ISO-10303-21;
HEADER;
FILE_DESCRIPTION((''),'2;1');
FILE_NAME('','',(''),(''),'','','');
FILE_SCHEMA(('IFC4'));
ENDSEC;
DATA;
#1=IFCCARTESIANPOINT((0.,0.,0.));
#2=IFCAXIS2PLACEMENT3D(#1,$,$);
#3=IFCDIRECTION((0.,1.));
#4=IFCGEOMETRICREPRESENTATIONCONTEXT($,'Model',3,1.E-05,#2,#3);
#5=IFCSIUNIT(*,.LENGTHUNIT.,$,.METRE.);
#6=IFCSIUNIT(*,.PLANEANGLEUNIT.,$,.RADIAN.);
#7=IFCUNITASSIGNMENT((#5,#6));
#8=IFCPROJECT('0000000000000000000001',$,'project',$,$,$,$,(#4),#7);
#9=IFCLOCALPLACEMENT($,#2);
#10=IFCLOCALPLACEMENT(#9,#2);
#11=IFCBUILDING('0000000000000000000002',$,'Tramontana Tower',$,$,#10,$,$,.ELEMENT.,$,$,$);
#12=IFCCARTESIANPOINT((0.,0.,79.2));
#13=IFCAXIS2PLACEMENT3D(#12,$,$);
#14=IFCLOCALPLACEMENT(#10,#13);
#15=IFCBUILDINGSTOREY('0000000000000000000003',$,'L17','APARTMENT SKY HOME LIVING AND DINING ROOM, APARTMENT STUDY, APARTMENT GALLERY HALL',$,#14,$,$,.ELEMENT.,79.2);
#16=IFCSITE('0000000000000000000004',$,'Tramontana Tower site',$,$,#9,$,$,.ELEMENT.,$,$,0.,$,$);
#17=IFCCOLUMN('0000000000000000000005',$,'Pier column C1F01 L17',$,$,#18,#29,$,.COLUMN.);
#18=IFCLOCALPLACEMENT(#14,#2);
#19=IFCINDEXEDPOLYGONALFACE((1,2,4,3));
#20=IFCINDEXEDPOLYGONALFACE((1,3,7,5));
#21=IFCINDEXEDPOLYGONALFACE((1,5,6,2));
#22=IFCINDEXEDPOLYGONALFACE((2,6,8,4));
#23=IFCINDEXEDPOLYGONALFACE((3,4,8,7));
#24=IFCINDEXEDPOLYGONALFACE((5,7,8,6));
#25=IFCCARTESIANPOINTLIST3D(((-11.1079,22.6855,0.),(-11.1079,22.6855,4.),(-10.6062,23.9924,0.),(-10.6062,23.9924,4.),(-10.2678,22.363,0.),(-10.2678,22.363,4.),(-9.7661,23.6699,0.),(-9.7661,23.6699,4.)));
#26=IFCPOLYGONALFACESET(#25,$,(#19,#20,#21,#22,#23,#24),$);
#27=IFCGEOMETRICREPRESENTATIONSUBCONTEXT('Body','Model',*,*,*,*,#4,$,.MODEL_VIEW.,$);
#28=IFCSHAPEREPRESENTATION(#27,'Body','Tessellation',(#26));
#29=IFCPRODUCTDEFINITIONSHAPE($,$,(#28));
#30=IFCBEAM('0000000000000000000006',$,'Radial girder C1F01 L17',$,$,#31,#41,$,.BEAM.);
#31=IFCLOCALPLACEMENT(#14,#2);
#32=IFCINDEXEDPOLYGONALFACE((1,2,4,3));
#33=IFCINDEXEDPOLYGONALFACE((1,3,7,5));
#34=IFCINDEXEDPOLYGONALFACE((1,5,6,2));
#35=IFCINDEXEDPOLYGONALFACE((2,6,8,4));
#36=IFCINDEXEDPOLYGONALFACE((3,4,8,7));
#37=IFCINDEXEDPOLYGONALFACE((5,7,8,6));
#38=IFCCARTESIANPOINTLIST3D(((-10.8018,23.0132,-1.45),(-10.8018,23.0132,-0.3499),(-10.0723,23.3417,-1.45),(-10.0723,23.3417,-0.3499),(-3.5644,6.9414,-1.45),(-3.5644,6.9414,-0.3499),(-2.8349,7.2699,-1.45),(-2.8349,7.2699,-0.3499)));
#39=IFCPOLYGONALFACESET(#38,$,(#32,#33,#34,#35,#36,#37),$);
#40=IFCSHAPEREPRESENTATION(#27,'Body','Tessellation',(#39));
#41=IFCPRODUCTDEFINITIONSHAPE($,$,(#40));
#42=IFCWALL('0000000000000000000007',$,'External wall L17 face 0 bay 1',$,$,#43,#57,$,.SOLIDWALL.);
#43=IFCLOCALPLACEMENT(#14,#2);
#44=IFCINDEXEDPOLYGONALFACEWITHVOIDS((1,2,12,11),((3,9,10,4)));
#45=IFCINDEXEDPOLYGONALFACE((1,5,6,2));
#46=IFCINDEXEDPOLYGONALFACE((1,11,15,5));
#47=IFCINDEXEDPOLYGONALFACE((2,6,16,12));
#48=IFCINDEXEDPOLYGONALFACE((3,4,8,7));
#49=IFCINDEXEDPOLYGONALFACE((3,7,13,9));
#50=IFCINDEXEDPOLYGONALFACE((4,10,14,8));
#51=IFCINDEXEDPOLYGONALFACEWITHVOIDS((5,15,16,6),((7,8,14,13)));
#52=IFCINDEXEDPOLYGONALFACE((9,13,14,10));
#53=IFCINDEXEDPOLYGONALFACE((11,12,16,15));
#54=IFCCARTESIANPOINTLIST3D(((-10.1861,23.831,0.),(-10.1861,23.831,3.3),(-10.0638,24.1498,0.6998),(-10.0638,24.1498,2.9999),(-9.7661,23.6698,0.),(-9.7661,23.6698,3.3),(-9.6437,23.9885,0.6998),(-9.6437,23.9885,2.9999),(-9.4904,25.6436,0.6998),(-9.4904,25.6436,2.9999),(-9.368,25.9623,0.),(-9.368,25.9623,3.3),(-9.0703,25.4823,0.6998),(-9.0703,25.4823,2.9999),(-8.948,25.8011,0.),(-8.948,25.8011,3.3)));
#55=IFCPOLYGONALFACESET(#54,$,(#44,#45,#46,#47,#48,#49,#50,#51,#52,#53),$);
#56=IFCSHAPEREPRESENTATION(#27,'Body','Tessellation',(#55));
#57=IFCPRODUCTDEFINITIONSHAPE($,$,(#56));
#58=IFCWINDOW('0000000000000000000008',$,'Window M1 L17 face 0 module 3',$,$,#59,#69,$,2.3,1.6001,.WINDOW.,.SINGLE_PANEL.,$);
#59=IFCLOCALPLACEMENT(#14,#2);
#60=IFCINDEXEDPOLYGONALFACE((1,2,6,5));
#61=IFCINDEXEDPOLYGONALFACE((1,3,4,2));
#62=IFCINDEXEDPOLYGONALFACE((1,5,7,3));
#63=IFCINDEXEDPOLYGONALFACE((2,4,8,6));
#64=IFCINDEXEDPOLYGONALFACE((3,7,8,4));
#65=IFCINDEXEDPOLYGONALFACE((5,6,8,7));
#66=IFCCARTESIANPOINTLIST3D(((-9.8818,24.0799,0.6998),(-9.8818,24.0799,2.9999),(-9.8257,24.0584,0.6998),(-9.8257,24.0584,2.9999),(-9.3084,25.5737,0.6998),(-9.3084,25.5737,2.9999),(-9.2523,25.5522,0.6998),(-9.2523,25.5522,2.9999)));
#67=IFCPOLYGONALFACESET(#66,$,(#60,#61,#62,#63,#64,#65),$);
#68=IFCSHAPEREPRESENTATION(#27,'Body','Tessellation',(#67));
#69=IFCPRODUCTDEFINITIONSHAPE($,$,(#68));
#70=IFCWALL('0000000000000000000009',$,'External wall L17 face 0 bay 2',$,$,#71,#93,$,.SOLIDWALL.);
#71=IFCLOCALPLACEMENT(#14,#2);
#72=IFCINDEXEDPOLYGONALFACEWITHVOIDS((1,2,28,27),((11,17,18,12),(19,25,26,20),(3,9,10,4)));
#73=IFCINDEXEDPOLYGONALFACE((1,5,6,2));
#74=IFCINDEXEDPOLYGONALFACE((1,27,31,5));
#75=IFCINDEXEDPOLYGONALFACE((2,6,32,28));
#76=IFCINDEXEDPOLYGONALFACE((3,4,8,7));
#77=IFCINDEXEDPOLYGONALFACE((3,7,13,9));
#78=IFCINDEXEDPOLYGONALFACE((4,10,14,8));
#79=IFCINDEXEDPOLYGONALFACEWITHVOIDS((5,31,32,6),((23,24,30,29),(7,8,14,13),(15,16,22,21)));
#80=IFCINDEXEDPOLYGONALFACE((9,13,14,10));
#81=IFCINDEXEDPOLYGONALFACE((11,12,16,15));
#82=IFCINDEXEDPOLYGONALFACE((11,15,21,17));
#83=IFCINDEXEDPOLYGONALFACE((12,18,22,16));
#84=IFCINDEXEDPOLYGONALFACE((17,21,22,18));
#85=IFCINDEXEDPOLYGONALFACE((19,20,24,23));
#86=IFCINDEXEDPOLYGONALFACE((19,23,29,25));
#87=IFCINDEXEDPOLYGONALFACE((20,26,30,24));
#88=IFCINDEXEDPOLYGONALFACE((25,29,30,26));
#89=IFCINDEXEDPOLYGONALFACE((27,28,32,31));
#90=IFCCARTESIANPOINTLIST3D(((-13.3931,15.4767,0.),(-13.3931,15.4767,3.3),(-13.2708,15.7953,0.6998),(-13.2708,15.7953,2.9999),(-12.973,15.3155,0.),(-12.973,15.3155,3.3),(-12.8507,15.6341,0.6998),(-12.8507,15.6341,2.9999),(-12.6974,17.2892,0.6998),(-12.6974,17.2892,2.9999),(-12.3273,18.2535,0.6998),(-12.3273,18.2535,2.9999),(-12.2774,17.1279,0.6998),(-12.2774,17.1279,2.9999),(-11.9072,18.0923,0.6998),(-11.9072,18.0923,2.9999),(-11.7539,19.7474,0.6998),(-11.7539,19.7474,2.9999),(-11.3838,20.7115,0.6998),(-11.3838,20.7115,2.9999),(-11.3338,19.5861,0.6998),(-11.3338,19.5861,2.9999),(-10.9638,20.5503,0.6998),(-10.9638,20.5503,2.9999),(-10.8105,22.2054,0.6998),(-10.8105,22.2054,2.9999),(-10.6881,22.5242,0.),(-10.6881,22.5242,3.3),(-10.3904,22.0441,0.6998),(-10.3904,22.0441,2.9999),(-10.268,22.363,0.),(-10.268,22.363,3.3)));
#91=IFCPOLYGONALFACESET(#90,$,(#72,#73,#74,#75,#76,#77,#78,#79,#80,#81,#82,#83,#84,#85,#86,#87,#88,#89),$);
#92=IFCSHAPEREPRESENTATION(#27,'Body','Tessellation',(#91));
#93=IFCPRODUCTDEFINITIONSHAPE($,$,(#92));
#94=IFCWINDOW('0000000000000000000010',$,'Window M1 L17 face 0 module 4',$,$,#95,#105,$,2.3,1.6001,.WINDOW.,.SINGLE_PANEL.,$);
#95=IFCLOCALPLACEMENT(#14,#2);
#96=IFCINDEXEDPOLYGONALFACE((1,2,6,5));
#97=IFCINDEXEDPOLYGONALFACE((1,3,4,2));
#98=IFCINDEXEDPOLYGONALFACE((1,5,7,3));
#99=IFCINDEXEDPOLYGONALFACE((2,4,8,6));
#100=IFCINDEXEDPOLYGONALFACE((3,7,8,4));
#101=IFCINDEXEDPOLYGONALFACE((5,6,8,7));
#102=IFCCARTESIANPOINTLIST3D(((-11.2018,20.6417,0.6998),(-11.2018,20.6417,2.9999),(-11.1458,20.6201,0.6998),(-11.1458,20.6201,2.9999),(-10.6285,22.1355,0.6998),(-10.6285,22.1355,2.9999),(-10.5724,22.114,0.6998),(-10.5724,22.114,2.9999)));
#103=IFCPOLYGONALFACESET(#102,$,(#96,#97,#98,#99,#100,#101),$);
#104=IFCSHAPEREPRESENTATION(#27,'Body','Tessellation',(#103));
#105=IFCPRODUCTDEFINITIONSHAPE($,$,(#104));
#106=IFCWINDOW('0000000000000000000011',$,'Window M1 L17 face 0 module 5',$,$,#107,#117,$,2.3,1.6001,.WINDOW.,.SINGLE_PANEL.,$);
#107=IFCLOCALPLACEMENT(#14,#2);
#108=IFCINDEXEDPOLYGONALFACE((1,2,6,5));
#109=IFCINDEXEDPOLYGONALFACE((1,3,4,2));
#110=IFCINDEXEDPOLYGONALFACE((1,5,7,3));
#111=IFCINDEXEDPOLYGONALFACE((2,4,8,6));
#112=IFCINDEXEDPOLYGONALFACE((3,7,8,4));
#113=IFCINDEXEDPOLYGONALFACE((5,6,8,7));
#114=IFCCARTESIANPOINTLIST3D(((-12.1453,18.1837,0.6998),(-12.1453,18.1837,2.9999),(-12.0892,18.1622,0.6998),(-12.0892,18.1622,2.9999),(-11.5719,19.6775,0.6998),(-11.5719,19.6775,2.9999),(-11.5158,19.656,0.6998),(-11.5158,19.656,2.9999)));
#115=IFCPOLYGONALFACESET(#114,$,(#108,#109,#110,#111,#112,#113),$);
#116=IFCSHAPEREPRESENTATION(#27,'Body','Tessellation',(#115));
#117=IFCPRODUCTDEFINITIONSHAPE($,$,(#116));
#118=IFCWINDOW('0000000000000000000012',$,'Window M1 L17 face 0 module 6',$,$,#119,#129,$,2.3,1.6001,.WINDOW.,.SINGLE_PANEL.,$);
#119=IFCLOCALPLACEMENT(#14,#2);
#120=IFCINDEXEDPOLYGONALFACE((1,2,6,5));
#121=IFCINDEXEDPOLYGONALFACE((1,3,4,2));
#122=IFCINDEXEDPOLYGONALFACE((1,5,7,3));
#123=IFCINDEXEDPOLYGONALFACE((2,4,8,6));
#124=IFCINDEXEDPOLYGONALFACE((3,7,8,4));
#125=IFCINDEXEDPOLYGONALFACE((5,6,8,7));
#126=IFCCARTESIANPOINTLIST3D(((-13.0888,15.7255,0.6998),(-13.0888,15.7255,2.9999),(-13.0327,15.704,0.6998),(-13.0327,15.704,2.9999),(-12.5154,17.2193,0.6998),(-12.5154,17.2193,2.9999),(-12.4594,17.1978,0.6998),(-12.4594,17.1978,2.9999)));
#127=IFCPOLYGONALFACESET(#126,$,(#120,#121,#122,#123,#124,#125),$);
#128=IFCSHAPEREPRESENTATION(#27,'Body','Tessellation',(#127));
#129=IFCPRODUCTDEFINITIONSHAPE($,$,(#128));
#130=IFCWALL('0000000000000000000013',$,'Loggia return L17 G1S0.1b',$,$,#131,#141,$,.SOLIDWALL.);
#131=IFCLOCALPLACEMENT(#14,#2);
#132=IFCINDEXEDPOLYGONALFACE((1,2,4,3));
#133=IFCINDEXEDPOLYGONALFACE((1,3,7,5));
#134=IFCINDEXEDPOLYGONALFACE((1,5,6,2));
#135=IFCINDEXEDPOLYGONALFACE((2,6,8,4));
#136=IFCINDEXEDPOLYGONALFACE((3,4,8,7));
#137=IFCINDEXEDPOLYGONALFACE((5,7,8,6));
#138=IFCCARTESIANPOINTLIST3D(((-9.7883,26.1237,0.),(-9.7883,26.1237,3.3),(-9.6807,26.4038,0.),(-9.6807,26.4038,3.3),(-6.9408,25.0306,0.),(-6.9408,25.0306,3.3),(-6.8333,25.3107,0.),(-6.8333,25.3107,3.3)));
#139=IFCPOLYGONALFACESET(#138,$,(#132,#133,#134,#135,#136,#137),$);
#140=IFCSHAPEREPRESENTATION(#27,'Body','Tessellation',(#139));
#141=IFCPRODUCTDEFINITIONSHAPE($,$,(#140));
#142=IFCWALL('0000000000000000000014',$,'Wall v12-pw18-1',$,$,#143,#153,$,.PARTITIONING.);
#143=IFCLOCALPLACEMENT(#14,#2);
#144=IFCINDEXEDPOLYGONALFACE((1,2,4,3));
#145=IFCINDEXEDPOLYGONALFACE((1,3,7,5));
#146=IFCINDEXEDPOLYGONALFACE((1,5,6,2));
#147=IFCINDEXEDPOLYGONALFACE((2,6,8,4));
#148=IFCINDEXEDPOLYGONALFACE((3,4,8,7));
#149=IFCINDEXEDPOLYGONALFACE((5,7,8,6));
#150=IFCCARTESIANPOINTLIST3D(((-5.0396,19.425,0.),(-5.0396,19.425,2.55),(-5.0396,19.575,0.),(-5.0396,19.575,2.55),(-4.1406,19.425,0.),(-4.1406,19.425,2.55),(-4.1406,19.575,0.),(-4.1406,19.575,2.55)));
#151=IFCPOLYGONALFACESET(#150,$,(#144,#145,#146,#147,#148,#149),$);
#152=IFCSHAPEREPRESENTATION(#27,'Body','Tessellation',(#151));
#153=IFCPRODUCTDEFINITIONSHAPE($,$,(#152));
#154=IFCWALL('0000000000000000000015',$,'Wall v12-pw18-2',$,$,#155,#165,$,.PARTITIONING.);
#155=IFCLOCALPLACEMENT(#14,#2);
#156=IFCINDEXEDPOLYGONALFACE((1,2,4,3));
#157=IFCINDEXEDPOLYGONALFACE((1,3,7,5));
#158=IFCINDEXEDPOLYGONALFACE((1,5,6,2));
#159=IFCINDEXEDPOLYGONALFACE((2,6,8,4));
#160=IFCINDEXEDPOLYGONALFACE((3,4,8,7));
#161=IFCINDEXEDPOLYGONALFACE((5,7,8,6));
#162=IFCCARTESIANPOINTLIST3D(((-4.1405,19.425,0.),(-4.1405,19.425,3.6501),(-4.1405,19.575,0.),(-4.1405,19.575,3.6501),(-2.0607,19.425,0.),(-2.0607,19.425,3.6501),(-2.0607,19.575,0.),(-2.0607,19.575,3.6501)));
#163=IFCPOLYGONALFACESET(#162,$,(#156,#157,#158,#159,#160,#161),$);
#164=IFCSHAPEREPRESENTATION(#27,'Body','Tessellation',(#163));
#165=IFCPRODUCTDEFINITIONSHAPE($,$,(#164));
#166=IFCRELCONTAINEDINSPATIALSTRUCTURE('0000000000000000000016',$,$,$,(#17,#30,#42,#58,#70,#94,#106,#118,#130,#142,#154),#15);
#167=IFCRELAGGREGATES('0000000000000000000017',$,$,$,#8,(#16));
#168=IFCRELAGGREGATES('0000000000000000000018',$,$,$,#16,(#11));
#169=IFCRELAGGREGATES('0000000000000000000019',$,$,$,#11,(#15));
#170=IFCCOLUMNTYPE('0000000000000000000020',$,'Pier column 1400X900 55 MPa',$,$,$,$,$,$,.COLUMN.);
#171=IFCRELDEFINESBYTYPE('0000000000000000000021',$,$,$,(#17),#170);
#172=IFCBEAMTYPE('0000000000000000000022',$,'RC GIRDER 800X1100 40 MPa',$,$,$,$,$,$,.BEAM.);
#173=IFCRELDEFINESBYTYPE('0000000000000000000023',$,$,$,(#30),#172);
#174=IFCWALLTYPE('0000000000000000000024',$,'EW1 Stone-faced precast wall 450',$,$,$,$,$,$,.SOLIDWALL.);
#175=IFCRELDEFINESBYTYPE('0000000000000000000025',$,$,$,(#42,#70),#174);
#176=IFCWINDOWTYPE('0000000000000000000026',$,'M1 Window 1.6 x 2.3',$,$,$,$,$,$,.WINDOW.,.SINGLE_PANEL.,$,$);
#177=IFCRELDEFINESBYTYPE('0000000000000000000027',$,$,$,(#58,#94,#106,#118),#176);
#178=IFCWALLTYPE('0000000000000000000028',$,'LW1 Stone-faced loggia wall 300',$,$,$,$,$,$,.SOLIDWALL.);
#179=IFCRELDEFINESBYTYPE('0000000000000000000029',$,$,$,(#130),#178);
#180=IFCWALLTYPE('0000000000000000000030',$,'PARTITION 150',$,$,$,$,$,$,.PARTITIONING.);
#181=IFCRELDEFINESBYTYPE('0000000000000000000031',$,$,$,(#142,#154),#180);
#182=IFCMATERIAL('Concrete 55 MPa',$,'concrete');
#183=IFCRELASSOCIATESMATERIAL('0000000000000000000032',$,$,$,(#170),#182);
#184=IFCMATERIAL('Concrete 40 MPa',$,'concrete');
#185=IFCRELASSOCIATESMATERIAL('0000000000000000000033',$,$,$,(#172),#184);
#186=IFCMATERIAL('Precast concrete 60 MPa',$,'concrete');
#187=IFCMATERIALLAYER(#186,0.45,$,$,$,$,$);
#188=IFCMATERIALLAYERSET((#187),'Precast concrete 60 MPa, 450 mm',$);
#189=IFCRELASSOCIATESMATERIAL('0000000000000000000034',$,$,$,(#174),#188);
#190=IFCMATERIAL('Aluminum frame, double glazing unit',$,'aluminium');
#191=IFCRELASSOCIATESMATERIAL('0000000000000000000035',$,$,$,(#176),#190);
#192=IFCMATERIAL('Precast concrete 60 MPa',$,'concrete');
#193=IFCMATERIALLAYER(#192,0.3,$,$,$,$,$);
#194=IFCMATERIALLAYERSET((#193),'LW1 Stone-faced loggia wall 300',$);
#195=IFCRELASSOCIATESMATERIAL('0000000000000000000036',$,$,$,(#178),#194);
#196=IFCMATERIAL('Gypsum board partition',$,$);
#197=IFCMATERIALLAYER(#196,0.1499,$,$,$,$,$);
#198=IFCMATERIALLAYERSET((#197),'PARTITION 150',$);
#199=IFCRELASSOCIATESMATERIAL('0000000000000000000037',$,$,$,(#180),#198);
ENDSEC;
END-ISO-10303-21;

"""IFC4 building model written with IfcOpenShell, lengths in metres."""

from ifc_helpers import new_model, si_unit, direction, frame, frame_2d, origin, origin_2d, place, context, subcontext, project, spatial, rectangle, extrude, material, layer, layer_set, material_profile, profile_set, type_object, element, fill, save


model = new_model("IFC4")

# Units and contexts
model_context = context("Model", 3, precision=1e-05, world=origin(), true_north=direction((0.0, 1.0)))
body_context = subcontext(model_context, "Body", "Model", "MODEL_VIEW")
ifc_project = project(units=[si_unit("LENGTHUNIT", "METRE"), si_unit("PLANEANGLEUNIT", "RADIAN")], contexts=[model_context])

# Site, building, storey
site_placement = place(None, origin())
site = spatial("IfcSite", under=ifc_project, at=site_placement, Name="Tramontana Tower site", CompositionType="ELEMENT", RefElevation=0.0)
building_placement = place(site_placement, origin())
building = spatial("IfcBuilding", under=site, at=building_placement, Name="Tramontana Tower", CompositionType="ELEMENT")
storey_placement = place(building_placement, frame((0.0, 0.0, 79.2)))
storey = spatial("IfcBuildingStorey", under=building, at=storey_placement, Name="L17", Description="APARTMENT SKY HOME LIVING AND DINING ROOM, APARTMENT STUDY, APARTMENT GALLERY HALL", CompositionType="ELEMENT", Elevation=79.2)

# Column
ifc_material_1 = material(Name="Concrete 55 MPa", Category="concrete")
ifc_material_profile_1 = material_profile(ifc_material_1, rectangle(XDim=1.3999, YDim=0.8999, at=origin_2d()), Name="Pier column 1400X900 55 MPa")
ifc_profile_set_1 = profile_set([ifc_material_profile_1], Name="Concrete 55 MPa")
column_type = type_object("IfcColumnType", Name="Pier column 1400X900 55 MPa", PredefinedType="COLUMN", material=ifc_profile_set_1)
column_placement = place(storey_placement, frame((-10.437, 23.1777, 0.0), z_axis=(0.0, 0.0, 1.0), x_axis=(-0.358368, -0.93358, 0.0)))
element("IfcColumn", 1, at=column_placement, inside=storey, type_object=column_type, Name="Pier column C1F01 L17", PredefinedType="COLUMN", context=body_context, shape_type="SweptSolid", body=[
    extrude(rectangle(XDim=1.3999, YDim=0.8999, at=origin_2d()), origin(), (0.0, 0.0, 1.0), 4.0),
])

# Beam
ifc_material_2 = material(Name="Concrete 40 MPa", Category="concrete")
ifc_material_profile_2 = material_profile(ifc_material_2, rectangle(XDim=0.8, YDim=1.1001, at=origin_2d()), Name="RC GIRDER 800X1100 40 MPa")
ifc_profile_set_2 = profile_set([ifc_material_profile_2], Name="Concrete 40 MPa")
beam_type = type_object("IfcBeamType", Name="RC GIRDER 800X1100 40 MPa", PredefinedType="BEAM", material=ifc_profile_set_2)
beam_placement = place(storey_placement, frame((-10.437, 23.1775, -0.8999), z_axis=(0.410601, -0.911815, 0.0), x_axis=(0.911815, 0.410601, 0.0)))
element("IfcBeam", 2, at=beam_placement, inside=storey, type_object=beam_type, Name="Radial girder C1F01 L17", PredefinedType="BEAM", context=body_context, shape_type="SweptSolid", body=[
    extrude(rectangle(XDim=0.8, YDim=1.1001, at=origin_2d()), origin(), (0.0, 0.0, 1.0), 17.6262),
])

# Wall, opening, window
ifc_material_3 = material(Name="Precast concrete 60 MPa", Category="concrete")
ifc_layer_1 = layer(ifc_material_3, 0.45)
ifc_layer_set_1 = layer_set([ifc_layer_1], Name="Precast concrete 60 MPa, 450 mm")
wall_type_1 = type_object("IfcWallType", Name="EW1 Stone-faced precast wall 450", PredefinedType="SOLIDWALL", material=ifc_layer_set_1)
wall_1_placement = place(storey_placement, frame((-9.158, 25.8818, 0.0), z_axis=(0.0, 0.0, 1.0), x_axis=(-0.358356, -0.933585, 0.0)))
wall_1 = element("IfcWall", 3, at=wall_1_placement, inside=storey, type_object=wall_type_1, Name="External wall L17 face 0 bay 1", PredefinedType="SOLIDWALL", context=body_context, shape_type="SweptSolid", body=[
    extrude(rectangle(XDim=2.283, YDim=0.45, at=frame_2d((1.1416, 0.0))), origin(), (0.0, 0.0, 1.0), 3.3),
])
opening_1_placement = place(wall_1_placement, frame((0.3416, 0.0, 0.7)))
opening_1 = element("IfcOpeningElement", 4, at=opening_1_placement, cuts=wall_1, PredefinedType="OPENING", context=body_context, shape_type="SweptSolid", body=[
    extrude(rectangle(XDim=1.6001, YDim=2.3, at=frame_2d((0.8, 1.1499))), frame((0.0, 0.2349, 0.0), z_axis=(0.0, -1.0, 0.0), x_axis=(1.0, 0.0, 0.0)), (0.0, 0.0, 1.0), 0.47),
])
ifc_material_4 = material(Name="Aluminum frame, double glazing unit", Category="aluminium")
window_type = type_object("IfcWindowType", Name="M1 Window 1.6 x 2.3", PartitioningType="SINGLE_PANEL", PredefinedType="WINDOW", material=ifc_material_4)
window_1_placement = place(opening_1_placement, origin())
window_1 = element("IfcWindow", 5, at=window_1_placement, inside=storey, type_object=window_type, Name="Window M1 L17 face 0 module 3", OverallHeight=2.3, OverallWidth=1.6001, PartitioningType="SINGLE_PANEL", PredefinedType="WINDOW", context=body_context, shape_type="SweptSolid", body=[
    extrude(rectangle(XDim=1.6001, YDim=2.3, at=frame_2d((0.8, 1.1499))), frame((0.0, 0.03, 0.0), z_axis=(0.0, -1.0, 0.0), x_axis=(1.0, 0.0, 0.0)), (0.0, 0.0, 1.0), 0.0601),
])
fill(opening_1, window_1)

# Wall, openings, windows
wall_2_placement = place(storey_placement, frame((-10.478, 22.4436, 0.0), z_axis=(0.0, 0.0, 1.0), x_axis=(-0.35834, -0.933591, 0.0)))
wall_2 = element("IfcWall", 6, at=wall_2_placement, inside=storey, type_object=wall_type_1, Name="External wall L17 face 0 bay 2", PredefinedType="SOLIDWALL", context=body_context, shape_type="SweptSolid", body=[
    extrude(rectangle(XDim=7.5488, YDim=0.45, at=frame_2d((3.7744, 0.0))), origin(), (0.0, 0.0, 1.0), 3.3),
])
opening_2_placement = place(wall_2_placement, frame((0.3416, 0.0, 0.7)))
opening_2 = element("IfcOpeningElement", 7, at=opening_2_placement, cuts=wall_2, PredefinedType="OPENING", context=body_context, shape_type="SweptSolid", body=[
    extrude(rectangle(XDim=1.6001, YDim=2.3, at=frame_2d((0.8, 1.1499))), frame((0.0, 0.2349, 0.0), z_axis=(0.0, -1.0, 0.0), x_axis=(1.0, 0.0, 0.0)), (0.0, 0.0, 1.0), 0.47),
])
opening_3_placement = place(wall_2_placement, frame((2.9744, 0.0, 0.7)))
opening_3 = element("IfcOpeningElement", 8, at=opening_3_placement, cuts=wall_2, PredefinedType="OPENING", context=body_context, shape_type="SweptSolid", body=[
    extrude(rectangle(XDim=1.6001, YDim=2.3, at=frame_2d((0.8, 1.1499))), frame((0.0, 0.2349, 0.0), z_axis=(0.0, -1.0, 0.0), x_axis=(1.0, 0.0, 0.0)), (0.0, 0.0, 1.0), 0.47),
])
opening_4_placement = place(wall_2_placement, frame((5.6074, 0.0, 0.7)))
opening_4 = element("IfcOpeningElement", 9, at=opening_4_placement, cuts=wall_2, PredefinedType="OPENING", context=body_context, shape_type="SweptSolid", body=[
    extrude(rectangle(XDim=1.6001, YDim=2.3, at=frame_2d((0.8, 1.1499))), frame((0.0, 0.2349, 0.0), z_axis=(0.0, -1.0, 0.0), x_axis=(1.0, 0.0, 0.0)), (0.0, 0.0, 1.0), 0.47),
])
window_2_placement = place(opening_2_placement, origin())
window_2 = element("IfcWindow", 10, at=window_2_placement, inside=storey, type_object=window_type, Name="Window M1 L17 face 0 module 4", OverallHeight=2.3, OverallWidth=1.6001, PartitioningType="SINGLE_PANEL", PredefinedType="WINDOW", context=body_context, shape_type="SweptSolid", body=[
    extrude(rectangle(XDim=1.6001, YDim=2.3, at=frame_2d((0.8, 1.1499))), frame((0.0, 0.03, 0.0), z_axis=(0.0, -1.0, 0.0), x_axis=(1.0, 0.0, 0.0)), (0.0, 0.0, 1.0), 0.0601),
])
fill(opening_2, window_2)
window_3_placement = place(opening_3_placement, origin())
window_3 = element("IfcWindow", 11, at=window_3_placement, inside=storey, type_object=window_type, Name="Window M1 L17 face 0 module 5", OverallHeight=2.3, OverallWidth=1.6001, PartitioningType="SINGLE_PANEL", PredefinedType="WINDOW", context=body_context, shape_type="SweptSolid", body=[
    extrude(rectangle(XDim=1.6001, YDim=2.3, at=frame_2d((0.8, 1.1499))), frame((0.0, 0.03, 0.0), z_axis=(0.0, -1.0, 0.0), x_axis=(1.0, 0.0, 0.0)), (0.0, 0.0, 1.0), 0.0601),
])
fill(opening_3, window_3)
window_4_placement = place(opening_4_placement, origin())
window_4 = element("IfcWindow", 12, at=window_4_placement, inside=storey, type_object=window_type, Name="Window M1 L17 face 0 module 6", OverallHeight=2.3, OverallWidth=1.6001, PartitioningType="SINGLE_PANEL", PredefinedType="WINDOW", context=body_context, shape_type="SweptSolid", body=[
    extrude(rectangle(XDim=1.6001, YDim=2.3, at=frame_2d((0.8, 1.1499))), frame((0.0, 0.03, 0.0), z_axis=(0.0, -1.0, 0.0), x_axis=(1.0, 0.0, 0.0)), (0.0, 0.0, 1.0), 0.0601),
])
fill(opening_4, window_4)

# Shared definitions
ifc_material_5 = material(Name="Precast concrete 60 MPa", Category="concrete")
ifc_layer_2 = layer(ifc_material_5, 0.3)
ifc_layer_set_2 = layer_set([ifc_layer_2], Name="LW1 Stone-faced loggia wall 300")
wall_type_2 = type_object("IfcWallType", Name="LW1 Stone-faced loggia wall 300", PredefinedType="SOLIDWALL", material=ifc_layer_set_2)

# Wall
wall_3_placement = place(storey_placement, frame((-9.7344, 26.2637, 0.0), z_axis=(0.0, 0.0, 1.0), x_axis=(0.933581, -0.358368, 0.0)))
element("IfcWall", 13, at=wall_3_placement, inside=storey, type_object=wall_type_2, Name="Loggia return L17 G1S0.1b", PredefinedType="SOLIDWALL", context=body_context, shape_type="SweptSolid", body=[
    extrude(rectangle(XDim=3.05, YDim=0.3, at=frame_2d((1.5249, 0.0))), origin(), (0.0, 0.0, 1.0), 3.3),
])

# Shared definitions
ifc_material_6 = material(Name="Gypsum board partition")
ifc_layer_3 = layer(ifc_material_6, 0.1499)
ifc_layer_set_3 = layer_set([ifc_layer_3], Name="PARTITION 150")
wall_type_3 = type_object("IfcWallType", Name="PARTITION 150", PredefinedType="PARTITIONING", material=ifc_layer_set_3)

# Walls
wall_4_placement = place(storey_placement, frame((-5.0396, 19.5, 0.0), z_axis=(0.0, 0.0, 1.0), x_axis=(1.0, 0.0, 0.0)))
element("IfcWall", 14, at=wall_4_placement, inside=storey, type_object=wall_type_3, Name="Wall v12-pw18-1", PredefinedType="PARTITIONING", context=body_context, shape_type="SweptSolid", body=[
    extrude(rectangle(XDim=0.8989, YDim=0.1499, at=frame_2d((0.4495, 0.0))), origin(), (0.0, 0.0, 1.0), 2.55),
])
wall_5_placement = place(storey_placement, frame((-4.1406, 19.5, 0.0), z_axis=(0.0, 0.0, 1.0), x_axis=(1.0, 0.0, 0.0)))
element("IfcWall", 15, at=wall_5_placement, inside=storey, type_object=wall_type_3, Name="Wall v12-pw18-2", PredefinedType="PARTITIONING", context=body_context, shape_type="SweptSolid", body=[
    extrude(rectangle(XDim=2.0798, YDim=0.1499, at=frame_2d((1.04, 0.0))), origin(), (0.0, 0.0, 1.0), 3.6501),
])

save(model, "model.ifc")
